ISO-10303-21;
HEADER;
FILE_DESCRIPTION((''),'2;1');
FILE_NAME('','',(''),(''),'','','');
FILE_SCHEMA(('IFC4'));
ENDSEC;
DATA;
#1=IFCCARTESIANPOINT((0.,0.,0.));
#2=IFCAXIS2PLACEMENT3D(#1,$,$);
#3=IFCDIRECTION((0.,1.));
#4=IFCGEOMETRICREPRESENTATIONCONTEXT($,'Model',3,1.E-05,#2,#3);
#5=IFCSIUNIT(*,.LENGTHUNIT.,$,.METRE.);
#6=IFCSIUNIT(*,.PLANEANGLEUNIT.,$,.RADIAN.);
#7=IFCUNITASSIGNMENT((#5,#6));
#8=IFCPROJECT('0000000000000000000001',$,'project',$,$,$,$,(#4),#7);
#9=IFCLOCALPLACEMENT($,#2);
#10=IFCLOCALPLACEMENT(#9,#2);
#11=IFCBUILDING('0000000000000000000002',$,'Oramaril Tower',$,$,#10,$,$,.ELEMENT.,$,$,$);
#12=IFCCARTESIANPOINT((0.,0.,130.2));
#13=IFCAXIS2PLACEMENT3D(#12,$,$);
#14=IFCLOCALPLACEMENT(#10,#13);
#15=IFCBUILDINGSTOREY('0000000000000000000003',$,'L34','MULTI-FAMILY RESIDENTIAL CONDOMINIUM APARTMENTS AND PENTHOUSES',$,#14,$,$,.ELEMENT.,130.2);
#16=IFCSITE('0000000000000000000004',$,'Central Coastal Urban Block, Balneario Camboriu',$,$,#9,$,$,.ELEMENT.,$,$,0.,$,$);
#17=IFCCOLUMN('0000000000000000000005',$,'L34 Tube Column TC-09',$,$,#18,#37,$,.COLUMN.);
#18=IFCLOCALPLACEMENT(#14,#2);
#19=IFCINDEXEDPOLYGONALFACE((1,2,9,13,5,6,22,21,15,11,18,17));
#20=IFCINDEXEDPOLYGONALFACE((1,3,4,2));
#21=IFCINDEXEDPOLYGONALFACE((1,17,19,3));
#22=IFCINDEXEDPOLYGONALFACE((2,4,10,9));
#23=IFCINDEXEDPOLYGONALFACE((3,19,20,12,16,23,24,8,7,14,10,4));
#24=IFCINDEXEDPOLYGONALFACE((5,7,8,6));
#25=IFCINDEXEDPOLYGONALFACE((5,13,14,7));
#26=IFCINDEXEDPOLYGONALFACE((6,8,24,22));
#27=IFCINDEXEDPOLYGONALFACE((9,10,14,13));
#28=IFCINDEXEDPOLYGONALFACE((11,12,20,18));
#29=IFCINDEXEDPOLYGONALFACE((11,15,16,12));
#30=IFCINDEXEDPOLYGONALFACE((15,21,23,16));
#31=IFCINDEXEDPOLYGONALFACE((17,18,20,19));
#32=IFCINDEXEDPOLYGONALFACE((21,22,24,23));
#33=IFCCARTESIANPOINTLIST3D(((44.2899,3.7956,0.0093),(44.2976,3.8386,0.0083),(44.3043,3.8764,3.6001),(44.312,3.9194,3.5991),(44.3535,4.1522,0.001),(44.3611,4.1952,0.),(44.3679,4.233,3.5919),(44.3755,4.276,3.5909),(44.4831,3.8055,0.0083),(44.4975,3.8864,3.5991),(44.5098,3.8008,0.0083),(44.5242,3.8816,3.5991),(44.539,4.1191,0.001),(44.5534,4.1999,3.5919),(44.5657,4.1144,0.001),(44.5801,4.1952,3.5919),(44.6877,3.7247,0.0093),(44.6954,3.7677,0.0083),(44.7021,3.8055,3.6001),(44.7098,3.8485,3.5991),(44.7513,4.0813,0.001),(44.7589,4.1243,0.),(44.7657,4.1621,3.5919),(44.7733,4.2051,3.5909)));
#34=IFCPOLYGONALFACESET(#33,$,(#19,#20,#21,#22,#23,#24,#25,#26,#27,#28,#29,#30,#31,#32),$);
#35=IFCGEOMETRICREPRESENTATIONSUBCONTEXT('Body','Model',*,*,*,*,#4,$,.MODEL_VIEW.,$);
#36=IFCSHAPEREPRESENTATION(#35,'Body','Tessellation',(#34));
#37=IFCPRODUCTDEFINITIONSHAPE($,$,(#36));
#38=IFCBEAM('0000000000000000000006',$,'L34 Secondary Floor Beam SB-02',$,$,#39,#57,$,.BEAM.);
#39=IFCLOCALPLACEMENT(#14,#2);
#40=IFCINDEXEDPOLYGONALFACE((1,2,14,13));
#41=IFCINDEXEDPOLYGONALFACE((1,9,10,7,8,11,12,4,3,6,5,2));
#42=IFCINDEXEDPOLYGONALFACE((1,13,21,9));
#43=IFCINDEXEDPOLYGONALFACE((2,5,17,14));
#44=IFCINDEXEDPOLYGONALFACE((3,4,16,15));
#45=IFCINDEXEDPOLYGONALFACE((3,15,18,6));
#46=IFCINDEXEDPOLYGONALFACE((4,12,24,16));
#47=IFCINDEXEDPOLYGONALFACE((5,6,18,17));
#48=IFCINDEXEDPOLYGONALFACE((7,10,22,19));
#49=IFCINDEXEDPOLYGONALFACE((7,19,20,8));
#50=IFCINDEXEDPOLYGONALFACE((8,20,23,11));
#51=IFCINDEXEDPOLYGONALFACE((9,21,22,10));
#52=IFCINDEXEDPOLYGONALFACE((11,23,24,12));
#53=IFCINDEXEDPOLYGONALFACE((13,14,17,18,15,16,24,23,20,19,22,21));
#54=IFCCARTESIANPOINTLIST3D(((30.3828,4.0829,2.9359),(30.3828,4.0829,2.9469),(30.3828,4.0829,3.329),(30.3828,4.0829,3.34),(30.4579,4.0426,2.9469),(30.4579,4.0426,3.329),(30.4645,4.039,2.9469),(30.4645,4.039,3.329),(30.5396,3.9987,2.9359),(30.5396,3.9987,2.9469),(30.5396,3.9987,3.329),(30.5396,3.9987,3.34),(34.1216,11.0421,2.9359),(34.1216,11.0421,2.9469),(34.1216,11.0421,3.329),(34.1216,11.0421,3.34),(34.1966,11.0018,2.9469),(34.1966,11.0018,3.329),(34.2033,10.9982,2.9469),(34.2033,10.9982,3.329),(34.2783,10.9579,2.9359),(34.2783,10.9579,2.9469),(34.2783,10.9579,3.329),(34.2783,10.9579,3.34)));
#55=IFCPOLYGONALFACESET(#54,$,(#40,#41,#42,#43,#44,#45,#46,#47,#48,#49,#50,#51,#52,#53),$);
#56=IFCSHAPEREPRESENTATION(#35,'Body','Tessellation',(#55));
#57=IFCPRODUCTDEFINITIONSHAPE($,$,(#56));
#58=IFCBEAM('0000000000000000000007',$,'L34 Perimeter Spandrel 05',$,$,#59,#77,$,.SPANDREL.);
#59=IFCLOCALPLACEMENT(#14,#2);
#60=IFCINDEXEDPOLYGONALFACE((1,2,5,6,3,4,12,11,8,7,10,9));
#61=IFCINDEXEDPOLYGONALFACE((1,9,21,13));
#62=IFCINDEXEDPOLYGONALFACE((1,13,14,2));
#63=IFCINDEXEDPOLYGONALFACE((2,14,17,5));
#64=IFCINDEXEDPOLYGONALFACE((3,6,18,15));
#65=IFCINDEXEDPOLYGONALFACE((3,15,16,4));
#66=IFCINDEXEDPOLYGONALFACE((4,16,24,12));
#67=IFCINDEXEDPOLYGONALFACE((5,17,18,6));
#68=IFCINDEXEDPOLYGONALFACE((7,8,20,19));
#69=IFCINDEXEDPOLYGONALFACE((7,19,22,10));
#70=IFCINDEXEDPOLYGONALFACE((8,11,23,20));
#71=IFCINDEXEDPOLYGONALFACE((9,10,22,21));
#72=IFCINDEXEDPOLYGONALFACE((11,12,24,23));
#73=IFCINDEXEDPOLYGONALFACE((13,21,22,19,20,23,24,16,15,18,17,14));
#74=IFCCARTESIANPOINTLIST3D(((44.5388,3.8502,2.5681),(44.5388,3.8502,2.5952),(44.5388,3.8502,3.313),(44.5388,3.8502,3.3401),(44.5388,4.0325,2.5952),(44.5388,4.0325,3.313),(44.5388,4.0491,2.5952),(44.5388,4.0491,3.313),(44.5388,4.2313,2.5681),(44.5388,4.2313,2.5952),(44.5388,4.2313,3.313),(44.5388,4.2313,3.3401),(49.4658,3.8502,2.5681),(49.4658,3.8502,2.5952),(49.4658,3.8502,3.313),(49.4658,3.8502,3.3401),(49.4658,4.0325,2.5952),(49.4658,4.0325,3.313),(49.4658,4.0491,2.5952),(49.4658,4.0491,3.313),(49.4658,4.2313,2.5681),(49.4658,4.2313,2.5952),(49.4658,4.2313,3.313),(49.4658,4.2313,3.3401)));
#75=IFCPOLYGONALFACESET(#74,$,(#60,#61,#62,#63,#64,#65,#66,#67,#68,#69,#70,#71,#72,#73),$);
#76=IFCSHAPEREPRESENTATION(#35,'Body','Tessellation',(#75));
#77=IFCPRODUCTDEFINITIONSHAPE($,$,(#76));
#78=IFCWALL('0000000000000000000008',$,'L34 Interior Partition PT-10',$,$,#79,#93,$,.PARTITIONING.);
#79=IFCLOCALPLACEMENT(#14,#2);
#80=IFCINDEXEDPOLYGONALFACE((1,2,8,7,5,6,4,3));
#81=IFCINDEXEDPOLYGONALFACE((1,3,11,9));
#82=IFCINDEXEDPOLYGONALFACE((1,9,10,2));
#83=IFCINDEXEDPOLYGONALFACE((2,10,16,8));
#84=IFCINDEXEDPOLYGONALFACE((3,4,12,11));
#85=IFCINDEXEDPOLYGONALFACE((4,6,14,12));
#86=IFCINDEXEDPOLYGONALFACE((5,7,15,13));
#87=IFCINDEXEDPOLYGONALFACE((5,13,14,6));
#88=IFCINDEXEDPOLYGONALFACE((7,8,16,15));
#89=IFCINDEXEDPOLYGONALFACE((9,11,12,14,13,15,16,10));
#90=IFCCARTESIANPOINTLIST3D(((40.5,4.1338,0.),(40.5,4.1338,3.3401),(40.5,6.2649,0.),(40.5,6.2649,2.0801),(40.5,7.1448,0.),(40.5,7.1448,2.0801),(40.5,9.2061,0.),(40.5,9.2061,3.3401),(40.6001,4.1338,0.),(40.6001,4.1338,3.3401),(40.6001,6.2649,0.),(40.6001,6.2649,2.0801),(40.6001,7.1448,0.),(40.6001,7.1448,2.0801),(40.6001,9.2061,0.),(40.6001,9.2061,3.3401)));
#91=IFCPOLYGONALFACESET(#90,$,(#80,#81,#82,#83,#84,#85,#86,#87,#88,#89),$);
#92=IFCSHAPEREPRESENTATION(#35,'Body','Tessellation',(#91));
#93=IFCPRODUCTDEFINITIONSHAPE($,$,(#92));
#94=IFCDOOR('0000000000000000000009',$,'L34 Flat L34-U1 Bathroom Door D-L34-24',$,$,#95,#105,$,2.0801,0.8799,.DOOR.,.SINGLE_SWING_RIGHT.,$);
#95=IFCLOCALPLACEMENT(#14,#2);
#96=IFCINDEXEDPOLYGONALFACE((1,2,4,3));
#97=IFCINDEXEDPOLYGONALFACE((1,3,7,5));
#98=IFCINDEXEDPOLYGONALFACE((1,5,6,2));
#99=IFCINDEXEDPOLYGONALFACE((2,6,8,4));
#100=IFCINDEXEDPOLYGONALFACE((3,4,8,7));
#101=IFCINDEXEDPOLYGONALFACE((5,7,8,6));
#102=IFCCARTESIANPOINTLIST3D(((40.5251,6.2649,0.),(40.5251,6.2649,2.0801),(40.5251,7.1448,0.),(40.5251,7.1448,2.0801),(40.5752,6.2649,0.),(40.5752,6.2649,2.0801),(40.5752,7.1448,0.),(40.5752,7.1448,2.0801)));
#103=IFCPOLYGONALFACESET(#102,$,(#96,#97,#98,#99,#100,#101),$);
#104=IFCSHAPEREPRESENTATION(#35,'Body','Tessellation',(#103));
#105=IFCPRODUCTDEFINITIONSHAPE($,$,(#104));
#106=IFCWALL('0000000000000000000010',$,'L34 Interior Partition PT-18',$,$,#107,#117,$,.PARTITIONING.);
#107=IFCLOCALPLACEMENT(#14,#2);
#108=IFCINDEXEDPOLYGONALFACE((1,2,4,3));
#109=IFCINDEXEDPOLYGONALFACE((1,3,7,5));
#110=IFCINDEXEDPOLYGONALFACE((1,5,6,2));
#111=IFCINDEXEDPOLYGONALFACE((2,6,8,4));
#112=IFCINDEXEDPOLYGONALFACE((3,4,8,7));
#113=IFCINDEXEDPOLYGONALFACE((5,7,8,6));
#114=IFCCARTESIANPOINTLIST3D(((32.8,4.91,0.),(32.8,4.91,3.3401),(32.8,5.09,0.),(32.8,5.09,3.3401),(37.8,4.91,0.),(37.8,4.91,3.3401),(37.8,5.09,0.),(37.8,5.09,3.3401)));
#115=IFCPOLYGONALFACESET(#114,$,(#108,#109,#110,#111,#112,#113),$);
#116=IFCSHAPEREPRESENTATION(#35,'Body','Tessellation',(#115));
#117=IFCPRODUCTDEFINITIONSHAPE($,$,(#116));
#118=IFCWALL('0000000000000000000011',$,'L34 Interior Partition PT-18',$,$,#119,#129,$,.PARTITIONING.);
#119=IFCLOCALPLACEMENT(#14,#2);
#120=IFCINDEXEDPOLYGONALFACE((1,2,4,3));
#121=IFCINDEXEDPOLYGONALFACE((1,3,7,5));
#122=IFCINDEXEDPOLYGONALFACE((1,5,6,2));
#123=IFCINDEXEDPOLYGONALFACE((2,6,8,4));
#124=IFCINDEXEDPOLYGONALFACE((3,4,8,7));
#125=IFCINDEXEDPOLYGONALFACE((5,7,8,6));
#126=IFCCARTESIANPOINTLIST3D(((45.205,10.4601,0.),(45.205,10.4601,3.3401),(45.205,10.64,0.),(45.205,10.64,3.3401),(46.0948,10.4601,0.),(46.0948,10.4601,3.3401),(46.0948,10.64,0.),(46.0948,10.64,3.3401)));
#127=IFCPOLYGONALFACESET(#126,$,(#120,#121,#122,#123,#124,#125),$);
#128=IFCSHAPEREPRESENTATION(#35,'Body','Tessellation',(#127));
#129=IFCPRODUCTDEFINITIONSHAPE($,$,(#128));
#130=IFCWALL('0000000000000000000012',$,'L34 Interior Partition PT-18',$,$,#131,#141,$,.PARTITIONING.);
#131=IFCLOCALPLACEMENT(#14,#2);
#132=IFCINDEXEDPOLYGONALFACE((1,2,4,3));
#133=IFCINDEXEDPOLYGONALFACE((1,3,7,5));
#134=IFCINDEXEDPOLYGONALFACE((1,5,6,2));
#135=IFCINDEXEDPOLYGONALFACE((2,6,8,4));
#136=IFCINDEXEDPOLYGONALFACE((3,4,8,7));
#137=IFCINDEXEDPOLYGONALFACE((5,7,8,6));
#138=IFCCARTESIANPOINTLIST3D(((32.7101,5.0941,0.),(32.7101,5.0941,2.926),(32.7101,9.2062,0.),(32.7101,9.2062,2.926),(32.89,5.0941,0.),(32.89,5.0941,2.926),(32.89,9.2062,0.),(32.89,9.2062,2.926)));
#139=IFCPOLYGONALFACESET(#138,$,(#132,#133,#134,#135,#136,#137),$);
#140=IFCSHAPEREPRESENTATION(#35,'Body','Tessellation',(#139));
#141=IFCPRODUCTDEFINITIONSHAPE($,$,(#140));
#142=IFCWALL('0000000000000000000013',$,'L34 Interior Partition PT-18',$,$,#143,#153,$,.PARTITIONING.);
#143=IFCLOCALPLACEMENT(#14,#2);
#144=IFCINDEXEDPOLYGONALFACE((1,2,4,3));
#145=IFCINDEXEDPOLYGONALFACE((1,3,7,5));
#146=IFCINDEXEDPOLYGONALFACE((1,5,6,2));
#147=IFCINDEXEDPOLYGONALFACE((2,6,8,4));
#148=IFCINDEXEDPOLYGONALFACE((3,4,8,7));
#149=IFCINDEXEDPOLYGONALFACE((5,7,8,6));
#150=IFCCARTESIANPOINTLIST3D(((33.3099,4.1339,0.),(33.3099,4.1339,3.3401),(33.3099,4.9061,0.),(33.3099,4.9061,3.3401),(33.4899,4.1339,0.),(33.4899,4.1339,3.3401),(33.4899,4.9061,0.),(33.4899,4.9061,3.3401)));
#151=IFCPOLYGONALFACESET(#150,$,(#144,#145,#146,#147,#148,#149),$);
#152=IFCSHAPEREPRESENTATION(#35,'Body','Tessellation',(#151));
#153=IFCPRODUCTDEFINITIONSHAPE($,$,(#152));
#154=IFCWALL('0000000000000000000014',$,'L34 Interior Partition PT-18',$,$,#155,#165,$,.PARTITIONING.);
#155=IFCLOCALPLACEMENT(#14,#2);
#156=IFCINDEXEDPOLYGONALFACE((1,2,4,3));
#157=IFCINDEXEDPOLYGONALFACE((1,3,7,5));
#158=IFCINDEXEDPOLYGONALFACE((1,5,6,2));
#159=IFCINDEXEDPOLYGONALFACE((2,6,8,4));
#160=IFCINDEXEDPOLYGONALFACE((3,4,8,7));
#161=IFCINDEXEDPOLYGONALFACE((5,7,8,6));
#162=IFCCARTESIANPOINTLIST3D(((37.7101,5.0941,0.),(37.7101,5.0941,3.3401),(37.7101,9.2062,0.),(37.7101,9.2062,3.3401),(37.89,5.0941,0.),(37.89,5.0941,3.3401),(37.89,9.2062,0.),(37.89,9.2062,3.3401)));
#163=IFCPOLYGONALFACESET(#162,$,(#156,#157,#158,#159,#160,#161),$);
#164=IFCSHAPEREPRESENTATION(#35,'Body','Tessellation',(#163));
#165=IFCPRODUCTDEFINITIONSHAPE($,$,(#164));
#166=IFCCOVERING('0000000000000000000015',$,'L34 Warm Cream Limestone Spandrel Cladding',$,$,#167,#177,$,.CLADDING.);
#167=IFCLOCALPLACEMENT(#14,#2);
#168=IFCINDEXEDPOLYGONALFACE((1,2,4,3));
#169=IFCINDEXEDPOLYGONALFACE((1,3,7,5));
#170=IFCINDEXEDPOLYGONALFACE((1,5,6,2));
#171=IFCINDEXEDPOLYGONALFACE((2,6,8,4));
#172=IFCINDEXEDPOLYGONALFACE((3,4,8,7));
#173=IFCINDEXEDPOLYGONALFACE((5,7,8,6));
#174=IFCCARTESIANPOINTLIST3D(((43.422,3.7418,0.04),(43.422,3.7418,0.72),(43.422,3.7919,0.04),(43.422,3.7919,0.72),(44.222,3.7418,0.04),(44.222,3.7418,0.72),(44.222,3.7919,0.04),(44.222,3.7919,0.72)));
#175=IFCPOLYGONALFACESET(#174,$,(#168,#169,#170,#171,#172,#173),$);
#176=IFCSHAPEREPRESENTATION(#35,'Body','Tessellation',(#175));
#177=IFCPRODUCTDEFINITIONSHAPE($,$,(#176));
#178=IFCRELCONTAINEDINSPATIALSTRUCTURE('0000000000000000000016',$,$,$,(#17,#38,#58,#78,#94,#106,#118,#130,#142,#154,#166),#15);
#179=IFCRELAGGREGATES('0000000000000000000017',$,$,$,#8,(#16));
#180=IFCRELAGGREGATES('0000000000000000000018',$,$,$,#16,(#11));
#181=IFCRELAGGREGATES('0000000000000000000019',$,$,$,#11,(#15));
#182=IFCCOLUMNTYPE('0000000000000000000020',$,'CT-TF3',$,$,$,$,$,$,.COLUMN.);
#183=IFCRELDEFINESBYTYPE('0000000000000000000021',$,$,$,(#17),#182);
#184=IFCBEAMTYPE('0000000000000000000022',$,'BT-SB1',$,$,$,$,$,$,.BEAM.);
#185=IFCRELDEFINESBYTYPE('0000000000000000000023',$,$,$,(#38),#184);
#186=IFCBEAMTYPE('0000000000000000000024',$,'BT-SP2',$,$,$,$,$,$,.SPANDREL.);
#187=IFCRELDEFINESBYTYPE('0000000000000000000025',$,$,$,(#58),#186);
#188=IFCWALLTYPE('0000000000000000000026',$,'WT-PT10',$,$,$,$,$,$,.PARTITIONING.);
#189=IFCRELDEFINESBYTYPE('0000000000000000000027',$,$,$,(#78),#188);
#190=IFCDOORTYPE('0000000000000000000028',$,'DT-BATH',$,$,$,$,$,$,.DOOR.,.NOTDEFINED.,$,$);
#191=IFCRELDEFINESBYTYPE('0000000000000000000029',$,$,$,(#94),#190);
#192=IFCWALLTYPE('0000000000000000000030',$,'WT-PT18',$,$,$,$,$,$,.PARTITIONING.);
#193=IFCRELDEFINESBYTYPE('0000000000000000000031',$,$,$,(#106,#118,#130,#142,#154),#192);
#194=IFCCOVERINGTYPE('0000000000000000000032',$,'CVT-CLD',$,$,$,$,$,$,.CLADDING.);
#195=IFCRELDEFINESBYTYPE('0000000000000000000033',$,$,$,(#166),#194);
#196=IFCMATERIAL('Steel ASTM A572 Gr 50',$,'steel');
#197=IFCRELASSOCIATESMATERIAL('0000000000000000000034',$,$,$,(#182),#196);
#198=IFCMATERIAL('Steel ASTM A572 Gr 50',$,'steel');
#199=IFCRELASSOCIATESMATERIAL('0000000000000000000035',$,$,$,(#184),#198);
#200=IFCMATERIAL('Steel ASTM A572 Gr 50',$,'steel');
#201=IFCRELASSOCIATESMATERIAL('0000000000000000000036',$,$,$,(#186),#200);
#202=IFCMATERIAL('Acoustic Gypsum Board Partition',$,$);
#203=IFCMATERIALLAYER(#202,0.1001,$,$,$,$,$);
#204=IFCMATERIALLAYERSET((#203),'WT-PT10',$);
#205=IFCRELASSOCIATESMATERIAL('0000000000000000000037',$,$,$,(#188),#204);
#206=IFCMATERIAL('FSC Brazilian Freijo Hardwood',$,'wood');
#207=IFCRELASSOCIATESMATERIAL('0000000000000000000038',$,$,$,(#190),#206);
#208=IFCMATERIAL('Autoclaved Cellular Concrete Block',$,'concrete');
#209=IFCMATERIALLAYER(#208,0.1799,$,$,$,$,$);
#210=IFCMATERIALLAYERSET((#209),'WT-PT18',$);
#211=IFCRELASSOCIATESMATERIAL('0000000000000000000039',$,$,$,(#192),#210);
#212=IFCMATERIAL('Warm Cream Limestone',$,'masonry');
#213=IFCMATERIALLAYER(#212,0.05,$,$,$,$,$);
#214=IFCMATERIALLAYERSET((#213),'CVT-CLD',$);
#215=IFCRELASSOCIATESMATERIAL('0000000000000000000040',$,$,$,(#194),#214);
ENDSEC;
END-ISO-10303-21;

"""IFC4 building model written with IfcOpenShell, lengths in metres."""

from ifc_helpers import new_model, si_unit, direction, frame, frame_2d, origin, origin_2d, place, context, subcontext, project, spatial, rectangle, i_section, extrude, material, layer, layer_set, material_profile, profile_set, type_object, element, fill, save


model = new_model("IFC4")

# Units and contexts
model_context = context("Model", 3, precision=1e-05, world=origin(), true_north=direction((0.0, 1.0)))
body_context = subcontext(model_context, "Body", "Model", "MODEL_VIEW")
ifc_project = project(units=[si_unit("LENGTHUNIT", "METRE"), si_unit("PLANEANGLEUNIT", "RADIAN")], contexts=[model_context])

# Site, building, storey
site_placement = place(None, origin())
site = spatial("IfcSite", under=ifc_project, at=site_placement, Name="Central Coastal Urban Block, Balneario Camboriu", CompositionType="ELEMENT", RefElevation=0.0)
building_placement = place(site_placement, origin())
building = spatial("IfcBuilding", under=site, at=building_placement, Name="Oramaril Tower", CompositionType="ELEMENT")
storey_placement = place(building_placement, frame((0.0, 0.0, 130.2)))
storey = spatial("IfcBuildingStorey", under=building, at=storey_placement, Name="L34", Description="MULTI-FAMILY RESIDENTIAL CONDOMINIUM APARTMENTS AND PENTHOUSES", CompositionType="ELEMENT", Elevation=130.2)

# Column
ifc_material_1 = material(Name="Steel ASTM A572 Gr 50", Category="steel")
ifc_material_profile_1 = material_profile(ifc_material_1, i_section(OverallWidth=0.4041, OverallDepth=0.406, WebThickness=0.0271, FlangeThickness=0.0437, at=origin_2d()), Name="W14X233")
ifc_profile_set_1 = profile_set([ifc_material_profile_1], Name="Steel ASTM A572 Gr 50")
column_type = type_object("IfcColumnType", Name="CT-TF3", PredefinedType="COLUMN", material=ifc_profile_set_1)
column_placement = place(storey_placement, frame((44.5244, 3.96, 0.0046), z_axis=(0.00401, 0.022499, 0.999739), x_axis=(-0.984483, 0.175482, 0.0)))
element("IfcColumn", 1, at=column_placement, inside=storey, type_object=column_type, Name="L34 Tube Column TC-09", PredefinedType="COLUMN", context=body_context, shape_type="SweptSolid", body=[
    extrude(i_section(OverallWidth=0.4041, OverallDepth=0.406, WebThickness=0.0271, FlangeThickness=0.0437, at=origin_2d()), origin(), (0.0, 0.0, 1.0), 3.5918),
])

# Beams
ifc_material_2 = material(Name="Steel ASTM A572 Gr 50", Category="steel")
ifc_material_profile_2 = material_profile(ifc_material_2, i_section(OverallWidth=0.178, OverallDepth=0.4041, WebThickness=0.0076, FlangeThickness=0.011, at=origin_2d()), Name="W16X36")
ifc_profile_set_2 = profile_set([ifc_material_profile_2], Name="Steel ASTM A572 Gr 50")
beam_type_1 = type_object("IfcBeamType", Name="BT-SB1", PredefinedType="BEAM", material=ifc_profile_set_2)
beam_1_placement = place(storey_placement, frame((34.2, 11.0, 3.1379), z_axis=(-0.473265, -0.88092, 0.0), x_axis=(0.88092, -0.473265, 0.0)))
element("IfcBeam", 2, at=beam_1_placement, inside=storey, type_object=beam_type_1, Name="L34 Secondary Floor Beam SB-02", PredefinedType="BEAM", context=body_context, shape_type="SweptSolid", body=[
    extrude(i_section(OverallWidth=0.178, OverallDepth=0.4041, WebThickness=0.0076, FlangeThickness=0.011, at=origin_2d()), origin(), (0.0, 0.0, 1.0), 7.8999),
])
ifc_material_3 = material(Name="Steel ASTM A572 Gr 50", Category="steel")
ifc_material_profile_3 = material_profile(ifc_material_3, i_section(OverallWidth=0.3811, OverallDepth=0.772, WebThickness=0.0166, FlangeThickness=0.0271, at=origin_2d()), Name="W30X173")
ifc_profile_set_3 = profile_set([ifc_material_profile_3], Name="Steel ASTM A572 Gr 50")
beam_type_2 = type_object("IfcBeamType", Name="BT-SP2", PredefinedType="SPANDREL", material=ifc_profile_set_3)
beam_2_placement = place(storey_placement, frame((44.5388, 4.0408, 2.9541), z_axis=(1.0, 0.0, 0.0), x_axis=(0.0, 1.0, 0.0)))
element("IfcBeam", 3, at=beam_2_placement, inside=storey, type_object=beam_type_2, Name="L34 Perimeter Spandrel 05", PredefinedType="SPANDREL", context=body_context, shape_type="SweptSolid", body=[
    extrude(i_section(OverallWidth=0.3811, OverallDepth=0.772, WebThickness=0.0166, FlangeThickness=0.0271, at=origin_2d()), origin(), (0.0, 0.0, 1.0), 4.927),
])

# Wall, opening, door
ifc_material_4 = material(Name="Acoustic Gypsum Board Partition")
ifc_layer_1 = layer(ifc_material_4, 0.1001)
ifc_layer_set_1 = layer_set([ifc_layer_1], Name="WT-PT10")
wall_type_1 = type_object("IfcWallType", Name="WT-PT10", PredefinedType="PARTITIONING", material=ifc_layer_set_1)
wall_1_placement = place(storey_placement, frame((40.55, 4.1338, 0.0), z_axis=(0.0, 0.0, 1.0), x_axis=(0.0, 1.0, 0.0)))
wall_1 = element("IfcWall", 4, at=wall_1_placement, inside=storey, type_object=wall_type_1, Name="L34 Interior Partition PT-10", PredefinedType="PARTITIONING", context=body_context, shape_type="SweptSolid", body=[
    extrude(rectangle(XDim=5.0723, YDim=0.1001, at=frame_2d((2.5361, 0.0))), origin(), (0.0, 0.0, 1.0), 3.3401),
])
opening_placement = place(wall_1_placement, frame((2.1311, 0.0, 0.0)))
opening = element("IfcOpeningElement", 5, at=opening_placement, cuts=wall_1, PredefinedType="OPENING", context=body_context, shape_type="SweptSolid", body=[
    extrude(rectangle(XDim=0.8799, YDim=2.0801, at=frame_2d((0.4399, 1.04))), frame((0.0, 0.05, 0.0), z_axis=(0.0, -1.0, 0.0), x_axis=(1.0, 0.0, 0.0)), (0.0, 0.0, 1.0), 0.1001),
])
ifc_material_5 = material(Name="FSC Brazilian Freijo Hardwood", Category="wood")
door_type = type_object("IfcDoorType", Name="DT-BATH", OperationType="NOTDEFINED", PredefinedType="DOOR", material=ifc_material_5)
door_placement = place(opening_placement, origin())
door = element("IfcDoor", 6, at=door_placement, inside=storey, type_object=door_type, Name="L34 Flat L34-U1 Bathroom Door D-L34-24", OperationType="SINGLE_SWING_RIGHT", OverallHeight=2.0801, OverallWidth=0.8799, PredefinedType="DOOR", context=body_context, shape_type="SweptSolid", body=[
    extrude(rectangle(XDim=0.8799, YDim=2.0801, at=frame_2d((0.4399, 1.04))), frame((0.0, 0.0249, 0.0), z_axis=(0.0, -1.0, 0.0), x_axis=(1.0, 0.0, 0.0)), (0.0, 0.0, 1.0), 0.05),
])
fill(opening, door)

# Walls
ifc_material_6 = material(Name="Autoclaved Cellular Concrete Block", Category="concrete")
ifc_layer_2 = layer(ifc_material_6, 0.1799)
ifc_layer_set_2 = layer_set([ifc_layer_2], Name="WT-PT18")
wall_type_2 = type_object("IfcWallType", Name="WT-PT18", PredefinedType="PARTITIONING", material=ifc_layer_set_2)
wall_2_placement = place(storey_placement, frame((32.8, 5.0, 0.0), z_axis=(0.0, 0.0, 1.0), x_axis=(1.0, 0.0, 0.0)))
element("IfcWall", 7, at=wall_2_placement, inside=storey, type_object=wall_type_2, Name="L34 Interior Partition PT-18", PredefinedType="PARTITIONING", context=body_context, shape_type="SweptSolid", body=[
    extrude(rectangle(XDim=5.0, YDim=0.1799, at=frame_2d((2.5, 0.0))), origin(), (0.0, 0.0, 1.0), 3.3401),
])
wall_3_placement = place(storey_placement, frame((45.2051, 10.55, 0.0), z_axis=(0.0, 0.0, 1.0), x_axis=(1.0, 0.0, 0.0)))
element("IfcWall", 8, at=wall_3_placement, inside=storey, type_object=wall_type_2, Name="L34 Interior Partition PT-18", PredefinedType="PARTITIONING", context=body_context, shape_type="SweptSolid", body=[
    extrude(rectangle(XDim=0.8899, YDim=0.1799, at=frame_2d((0.4448, 0.0))), origin(), (0.0, 0.0, 1.0), 3.3401),
])
wall_4_placement = place(storey_placement, frame((32.8, 5.094, 0.0), z_axis=(0.0, 0.0, 1.0), x_axis=(0.0, 1.0, 0.0)))
element("IfcWall", 9, at=wall_4_placement, inside=storey, type_object=wall_type_2, Name="L34 Interior Partition PT-18", PredefinedType="PARTITIONING", context=body_context, shape_type="SweptSolid", body=[
    extrude(rectangle(XDim=4.1121, YDim=0.1799, at=frame_2d((2.0562, 0.0))), origin(), (0.0, 0.0, 1.0), 2.926),
])
wall_5_placement = place(storey_placement, frame((33.3999, 4.1338, 0.0), z_axis=(0.0, 0.0, 1.0), x_axis=(0.0, 1.0, 0.0)))
element("IfcWall", 10, at=wall_5_placement, inside=storey, type_object=wall_type_2, Name="L34 Interior Partition PT-18", PredefinedType="PARTITIONING", context=body_context, shape_type="SweptSolid", body=[
    extrude(rectangle(XDim=0.7722, YDim=0.1799, at=frame_2d((0.3862, 0.0))), origin(), (0.0, 0.0, 1.0), 3.3401),
])
wall_6_placement = place(storey_placement, frame((37.8, 5.094, 0.0), z_axis=(0.0, 0.0, 1.0), x_axis=(0.0, 1.0, 0.0)))
element("IfcWall", 11, at=wall_6_placement, inside=storey, type_object=wall_type_2, Name="L34 Interior Partition PT-18", PredefinedType="PARTITIONING", context=body_context, shape_type="SweptSolid", body=[
    extrude(rectangle(XDim=4.1121, YDim=0.1799, at=frame_2d((2.0562, 0.0))), origin(), (0.0, 0.0, 1.0), 3.3401),
])

# Covering
ifc_material_7 = material(Name="Warm Cream Limestone", Category="masonry")
ifc_layer_3 = layer(ifc_material_7, 0.05)
ifc_layer_set_3 = layer_set([ifc_layer_3], Name="CVT-CLD")
covering_type = type_object("IfcCoveringType", Name="CVT-CLD", PredefinedType="CLADDING", material=ifc_layer_set_3)
covering_placement = place(storey_placement, frame((43.822, 3.7668, 0.04), z_axis=(0.0, 0.0, 1.0), x_axis=(1.0, 0.0, 0.0)))
element("IfcCovering", 12, at=covering_placement, inside=storey, type_object=covering_type, Name="L34 Warm Cream Limestone Spandrel Cladding", PredefinedType="CLADDING", context=body_context, shape_type="SweptSolid", body=[
    extrude(rectangle(XDim=0.8, YDim=0.05, at=origin_2d()), origin(), (0.0, 0.0, 1.0), 0.6799),
])

save(model, "model.ifc")
